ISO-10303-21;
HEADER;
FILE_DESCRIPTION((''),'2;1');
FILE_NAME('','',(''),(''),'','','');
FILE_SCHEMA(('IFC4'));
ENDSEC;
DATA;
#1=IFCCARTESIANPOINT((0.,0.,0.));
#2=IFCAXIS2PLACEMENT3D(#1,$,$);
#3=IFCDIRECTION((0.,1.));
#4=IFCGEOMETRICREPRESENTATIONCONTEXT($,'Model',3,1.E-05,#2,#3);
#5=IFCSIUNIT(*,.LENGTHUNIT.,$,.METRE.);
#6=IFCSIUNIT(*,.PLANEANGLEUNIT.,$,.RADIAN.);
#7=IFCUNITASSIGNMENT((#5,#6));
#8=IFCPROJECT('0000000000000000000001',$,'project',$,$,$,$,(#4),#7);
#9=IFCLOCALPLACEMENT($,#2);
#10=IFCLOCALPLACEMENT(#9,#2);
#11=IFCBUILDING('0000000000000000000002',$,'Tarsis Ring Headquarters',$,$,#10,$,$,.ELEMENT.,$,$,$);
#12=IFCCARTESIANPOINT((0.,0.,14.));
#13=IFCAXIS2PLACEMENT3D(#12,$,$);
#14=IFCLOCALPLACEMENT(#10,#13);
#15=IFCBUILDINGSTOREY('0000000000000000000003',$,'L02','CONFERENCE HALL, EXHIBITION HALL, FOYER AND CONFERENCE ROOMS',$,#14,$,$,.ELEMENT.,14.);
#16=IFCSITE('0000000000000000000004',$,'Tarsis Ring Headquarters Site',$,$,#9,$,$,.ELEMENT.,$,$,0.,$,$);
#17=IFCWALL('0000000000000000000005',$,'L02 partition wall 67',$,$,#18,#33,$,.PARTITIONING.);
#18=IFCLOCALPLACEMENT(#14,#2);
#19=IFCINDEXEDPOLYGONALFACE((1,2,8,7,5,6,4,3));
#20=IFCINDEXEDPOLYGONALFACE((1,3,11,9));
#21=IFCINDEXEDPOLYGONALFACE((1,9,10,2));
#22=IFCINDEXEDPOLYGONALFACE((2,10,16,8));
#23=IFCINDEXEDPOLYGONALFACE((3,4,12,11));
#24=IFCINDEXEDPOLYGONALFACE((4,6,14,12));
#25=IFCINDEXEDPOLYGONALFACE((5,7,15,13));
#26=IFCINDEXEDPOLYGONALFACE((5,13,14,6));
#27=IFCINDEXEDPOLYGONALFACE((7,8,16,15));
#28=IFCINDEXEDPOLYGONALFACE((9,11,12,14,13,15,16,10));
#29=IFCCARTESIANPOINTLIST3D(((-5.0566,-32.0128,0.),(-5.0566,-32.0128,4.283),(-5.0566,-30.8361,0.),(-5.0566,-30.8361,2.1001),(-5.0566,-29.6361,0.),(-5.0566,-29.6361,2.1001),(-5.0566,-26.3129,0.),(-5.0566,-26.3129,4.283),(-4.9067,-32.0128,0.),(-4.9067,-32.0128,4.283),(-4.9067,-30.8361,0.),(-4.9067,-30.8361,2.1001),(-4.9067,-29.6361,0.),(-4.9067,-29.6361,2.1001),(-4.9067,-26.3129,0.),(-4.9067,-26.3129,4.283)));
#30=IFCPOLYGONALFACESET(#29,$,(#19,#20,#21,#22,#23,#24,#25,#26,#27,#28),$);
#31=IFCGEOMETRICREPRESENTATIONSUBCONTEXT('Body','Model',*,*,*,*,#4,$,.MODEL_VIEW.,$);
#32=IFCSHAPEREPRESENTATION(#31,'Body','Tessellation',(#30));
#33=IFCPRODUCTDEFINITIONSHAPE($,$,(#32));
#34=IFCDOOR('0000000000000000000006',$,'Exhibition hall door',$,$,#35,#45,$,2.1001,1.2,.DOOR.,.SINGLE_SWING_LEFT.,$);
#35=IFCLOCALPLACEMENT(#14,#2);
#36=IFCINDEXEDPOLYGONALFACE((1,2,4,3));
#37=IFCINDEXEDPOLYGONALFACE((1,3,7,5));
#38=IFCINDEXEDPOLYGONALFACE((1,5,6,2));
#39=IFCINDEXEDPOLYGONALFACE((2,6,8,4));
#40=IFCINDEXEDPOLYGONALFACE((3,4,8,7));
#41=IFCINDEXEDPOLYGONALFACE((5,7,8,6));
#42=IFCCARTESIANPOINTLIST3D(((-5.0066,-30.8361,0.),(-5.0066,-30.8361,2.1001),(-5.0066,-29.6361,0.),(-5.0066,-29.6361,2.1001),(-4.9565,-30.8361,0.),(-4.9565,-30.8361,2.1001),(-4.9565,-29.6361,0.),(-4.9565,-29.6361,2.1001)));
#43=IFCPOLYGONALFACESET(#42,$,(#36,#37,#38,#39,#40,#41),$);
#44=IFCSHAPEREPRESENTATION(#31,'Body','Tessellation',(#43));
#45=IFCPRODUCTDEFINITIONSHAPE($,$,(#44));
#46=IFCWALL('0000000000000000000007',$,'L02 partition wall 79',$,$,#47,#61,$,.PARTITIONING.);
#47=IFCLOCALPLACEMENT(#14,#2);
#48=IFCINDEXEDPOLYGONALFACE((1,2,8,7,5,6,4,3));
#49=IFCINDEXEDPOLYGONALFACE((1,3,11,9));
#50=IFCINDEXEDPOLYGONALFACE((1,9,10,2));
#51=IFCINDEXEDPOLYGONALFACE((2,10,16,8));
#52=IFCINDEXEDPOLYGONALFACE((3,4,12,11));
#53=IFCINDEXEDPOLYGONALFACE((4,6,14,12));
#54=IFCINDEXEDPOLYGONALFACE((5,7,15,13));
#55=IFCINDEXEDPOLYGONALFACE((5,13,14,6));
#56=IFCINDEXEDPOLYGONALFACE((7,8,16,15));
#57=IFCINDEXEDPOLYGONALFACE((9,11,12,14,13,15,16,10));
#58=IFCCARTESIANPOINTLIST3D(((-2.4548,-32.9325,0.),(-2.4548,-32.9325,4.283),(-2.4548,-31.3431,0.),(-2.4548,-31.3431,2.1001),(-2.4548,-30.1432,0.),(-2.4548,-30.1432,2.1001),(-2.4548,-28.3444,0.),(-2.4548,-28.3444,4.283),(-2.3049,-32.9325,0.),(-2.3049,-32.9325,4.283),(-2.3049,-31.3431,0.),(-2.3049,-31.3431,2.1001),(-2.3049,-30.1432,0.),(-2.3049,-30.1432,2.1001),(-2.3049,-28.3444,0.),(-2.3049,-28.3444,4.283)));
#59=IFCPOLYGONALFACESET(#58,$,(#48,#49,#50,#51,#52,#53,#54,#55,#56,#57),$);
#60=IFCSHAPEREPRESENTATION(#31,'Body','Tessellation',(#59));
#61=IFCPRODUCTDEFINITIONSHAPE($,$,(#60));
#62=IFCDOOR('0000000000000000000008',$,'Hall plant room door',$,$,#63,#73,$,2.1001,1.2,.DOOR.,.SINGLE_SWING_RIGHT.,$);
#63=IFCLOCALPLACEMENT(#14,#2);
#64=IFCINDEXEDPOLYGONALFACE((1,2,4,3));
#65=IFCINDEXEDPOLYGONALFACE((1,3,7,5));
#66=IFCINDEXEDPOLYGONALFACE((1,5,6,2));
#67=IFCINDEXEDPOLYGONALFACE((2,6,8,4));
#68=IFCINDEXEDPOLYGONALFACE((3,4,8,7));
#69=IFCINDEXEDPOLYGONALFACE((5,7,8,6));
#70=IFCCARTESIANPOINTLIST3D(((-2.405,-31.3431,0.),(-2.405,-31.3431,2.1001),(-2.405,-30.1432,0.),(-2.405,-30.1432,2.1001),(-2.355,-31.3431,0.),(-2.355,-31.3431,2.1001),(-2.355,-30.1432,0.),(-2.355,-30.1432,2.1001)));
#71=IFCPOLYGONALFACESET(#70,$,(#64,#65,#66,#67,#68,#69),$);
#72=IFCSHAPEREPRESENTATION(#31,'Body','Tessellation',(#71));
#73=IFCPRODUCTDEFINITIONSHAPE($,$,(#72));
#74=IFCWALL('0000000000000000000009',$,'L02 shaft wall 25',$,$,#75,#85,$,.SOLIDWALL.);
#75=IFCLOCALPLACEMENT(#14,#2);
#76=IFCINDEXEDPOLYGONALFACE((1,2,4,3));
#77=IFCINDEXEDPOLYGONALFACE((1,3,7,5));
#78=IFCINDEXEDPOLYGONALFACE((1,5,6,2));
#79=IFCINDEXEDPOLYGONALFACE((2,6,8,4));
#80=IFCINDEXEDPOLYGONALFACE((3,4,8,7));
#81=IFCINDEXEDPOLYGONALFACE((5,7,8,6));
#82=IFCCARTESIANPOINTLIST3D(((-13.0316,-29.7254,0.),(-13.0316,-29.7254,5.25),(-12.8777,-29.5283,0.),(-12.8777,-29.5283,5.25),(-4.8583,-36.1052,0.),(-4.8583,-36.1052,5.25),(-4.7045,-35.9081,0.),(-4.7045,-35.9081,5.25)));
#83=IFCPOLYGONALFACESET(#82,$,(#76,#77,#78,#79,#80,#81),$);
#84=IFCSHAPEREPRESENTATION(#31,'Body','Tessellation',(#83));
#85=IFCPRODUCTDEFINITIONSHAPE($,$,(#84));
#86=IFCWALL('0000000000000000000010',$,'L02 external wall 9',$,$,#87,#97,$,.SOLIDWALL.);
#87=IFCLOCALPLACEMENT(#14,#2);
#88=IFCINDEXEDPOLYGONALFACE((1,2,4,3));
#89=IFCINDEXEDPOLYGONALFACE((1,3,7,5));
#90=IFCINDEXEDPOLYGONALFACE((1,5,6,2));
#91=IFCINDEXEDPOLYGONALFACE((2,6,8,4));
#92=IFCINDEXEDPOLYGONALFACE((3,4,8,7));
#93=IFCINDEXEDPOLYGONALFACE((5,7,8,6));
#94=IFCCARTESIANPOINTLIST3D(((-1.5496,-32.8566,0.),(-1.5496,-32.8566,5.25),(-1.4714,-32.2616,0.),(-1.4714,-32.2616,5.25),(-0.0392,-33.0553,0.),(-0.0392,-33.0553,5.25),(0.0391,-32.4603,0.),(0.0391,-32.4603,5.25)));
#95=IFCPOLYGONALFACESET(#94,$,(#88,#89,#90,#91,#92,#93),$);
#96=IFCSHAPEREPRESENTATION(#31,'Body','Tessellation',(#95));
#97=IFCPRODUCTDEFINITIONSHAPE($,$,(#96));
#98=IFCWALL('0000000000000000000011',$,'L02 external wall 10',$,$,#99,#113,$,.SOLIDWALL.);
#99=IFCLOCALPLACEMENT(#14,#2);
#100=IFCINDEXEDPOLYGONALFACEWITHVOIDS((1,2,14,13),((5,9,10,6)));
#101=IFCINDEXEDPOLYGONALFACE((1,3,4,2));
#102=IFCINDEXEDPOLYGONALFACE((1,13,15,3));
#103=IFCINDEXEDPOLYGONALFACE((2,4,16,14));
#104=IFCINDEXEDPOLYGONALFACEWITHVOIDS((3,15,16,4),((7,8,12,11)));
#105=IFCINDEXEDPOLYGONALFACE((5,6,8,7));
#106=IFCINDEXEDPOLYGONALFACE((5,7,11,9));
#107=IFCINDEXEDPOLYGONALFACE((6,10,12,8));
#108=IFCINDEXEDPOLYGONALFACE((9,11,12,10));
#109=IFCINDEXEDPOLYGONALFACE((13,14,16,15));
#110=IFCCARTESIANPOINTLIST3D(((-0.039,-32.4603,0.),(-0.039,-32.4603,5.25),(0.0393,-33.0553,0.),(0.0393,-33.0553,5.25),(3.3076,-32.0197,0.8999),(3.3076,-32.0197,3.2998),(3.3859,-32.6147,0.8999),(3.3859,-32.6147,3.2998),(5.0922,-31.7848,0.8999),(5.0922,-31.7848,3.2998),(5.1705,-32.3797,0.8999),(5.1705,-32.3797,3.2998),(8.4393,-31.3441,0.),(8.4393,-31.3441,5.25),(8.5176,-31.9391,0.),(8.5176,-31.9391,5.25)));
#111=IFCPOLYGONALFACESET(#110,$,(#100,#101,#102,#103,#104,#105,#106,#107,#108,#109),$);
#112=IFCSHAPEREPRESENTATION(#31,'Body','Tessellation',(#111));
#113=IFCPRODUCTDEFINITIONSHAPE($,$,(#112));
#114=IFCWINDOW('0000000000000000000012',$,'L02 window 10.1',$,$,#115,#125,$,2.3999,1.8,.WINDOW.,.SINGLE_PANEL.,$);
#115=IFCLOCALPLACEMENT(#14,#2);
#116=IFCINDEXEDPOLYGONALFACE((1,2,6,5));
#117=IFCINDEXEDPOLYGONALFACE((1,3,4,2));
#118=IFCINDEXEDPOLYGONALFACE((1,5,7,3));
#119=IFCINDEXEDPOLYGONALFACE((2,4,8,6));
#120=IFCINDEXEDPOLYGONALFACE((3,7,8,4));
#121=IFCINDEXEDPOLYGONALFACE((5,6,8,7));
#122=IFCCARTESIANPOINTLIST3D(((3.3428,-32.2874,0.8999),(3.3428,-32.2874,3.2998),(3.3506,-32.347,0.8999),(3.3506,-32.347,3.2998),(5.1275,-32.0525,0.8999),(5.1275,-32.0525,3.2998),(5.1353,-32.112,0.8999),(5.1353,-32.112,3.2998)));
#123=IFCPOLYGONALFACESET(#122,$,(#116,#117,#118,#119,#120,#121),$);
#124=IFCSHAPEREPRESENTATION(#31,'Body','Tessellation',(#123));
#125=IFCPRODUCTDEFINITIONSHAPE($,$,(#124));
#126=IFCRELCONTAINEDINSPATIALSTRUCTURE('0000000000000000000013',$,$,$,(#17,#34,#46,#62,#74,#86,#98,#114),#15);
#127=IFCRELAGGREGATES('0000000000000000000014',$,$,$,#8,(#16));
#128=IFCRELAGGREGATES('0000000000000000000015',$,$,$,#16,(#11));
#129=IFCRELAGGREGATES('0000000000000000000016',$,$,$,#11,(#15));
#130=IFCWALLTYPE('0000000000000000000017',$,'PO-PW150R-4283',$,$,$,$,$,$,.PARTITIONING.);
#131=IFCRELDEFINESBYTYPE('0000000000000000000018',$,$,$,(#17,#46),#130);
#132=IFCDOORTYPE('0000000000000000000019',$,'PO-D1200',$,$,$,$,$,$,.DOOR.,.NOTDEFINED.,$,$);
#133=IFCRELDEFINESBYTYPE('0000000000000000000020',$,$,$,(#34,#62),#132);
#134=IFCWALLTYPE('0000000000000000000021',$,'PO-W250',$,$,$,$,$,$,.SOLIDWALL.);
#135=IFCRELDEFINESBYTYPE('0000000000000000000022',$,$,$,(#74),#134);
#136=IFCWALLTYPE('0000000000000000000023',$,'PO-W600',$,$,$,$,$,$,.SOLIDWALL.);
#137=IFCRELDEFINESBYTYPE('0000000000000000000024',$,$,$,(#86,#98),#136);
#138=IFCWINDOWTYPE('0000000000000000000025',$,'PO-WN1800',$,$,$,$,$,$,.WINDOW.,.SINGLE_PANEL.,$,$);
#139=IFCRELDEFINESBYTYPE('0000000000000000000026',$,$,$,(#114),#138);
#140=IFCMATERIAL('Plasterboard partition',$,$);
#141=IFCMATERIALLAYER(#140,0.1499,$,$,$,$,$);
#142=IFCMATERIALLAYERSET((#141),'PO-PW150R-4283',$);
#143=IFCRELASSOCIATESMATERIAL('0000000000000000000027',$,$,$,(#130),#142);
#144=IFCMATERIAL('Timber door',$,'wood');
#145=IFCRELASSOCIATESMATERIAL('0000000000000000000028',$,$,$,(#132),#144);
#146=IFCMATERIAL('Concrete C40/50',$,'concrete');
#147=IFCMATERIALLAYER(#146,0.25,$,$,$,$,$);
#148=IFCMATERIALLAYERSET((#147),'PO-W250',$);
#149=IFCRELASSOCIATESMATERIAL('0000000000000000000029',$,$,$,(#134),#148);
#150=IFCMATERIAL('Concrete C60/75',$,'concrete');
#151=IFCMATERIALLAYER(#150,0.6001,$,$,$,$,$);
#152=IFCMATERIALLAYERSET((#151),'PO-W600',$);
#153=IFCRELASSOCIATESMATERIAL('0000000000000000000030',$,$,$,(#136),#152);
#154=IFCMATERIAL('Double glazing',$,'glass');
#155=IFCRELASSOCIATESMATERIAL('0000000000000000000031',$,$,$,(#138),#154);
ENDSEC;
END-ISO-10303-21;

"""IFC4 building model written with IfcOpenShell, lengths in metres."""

from ifc_helpers import new_model, si_unit, direction, frame, frame_2d, origin, place, context, subcontext, project, spatial, rectangle, extrude, material, layer, layer_set, type_object, element, fill, save


model = new_model("IFC4")

# Units and contexts
model_context = context("Model", 3, precision=1e-05, world=origin(), true_north=direction((0.0, 1.0)))
body_context = subcontext(model_context, "Body", "Model", "MODEL_VIEW")
ifc_project = project(units=[si_unit("LENGTHUNIT", "METRE"), si_unit("PLANEANGLEUNIT", "RADIAN")], contexts=[model_context])

# Site, building, storey
site_placement = place(None, origin())
site = spatial("IfcSite", under=ifc_project, at=site_placement, Name="Tarsis Ring Headquarters Site", CompositionType="ELEMENT", RefElevation=0.0)
building_placement = place(site_placement, origin())
building = spatial("IfcBuilding", under=site, at=building_placement, Name="Tarsis Ring Headquarters", CompositionType="ELEMENT")
storey_placement = place(building_placement, frame((0.0, 0.0, 14.0)))
storey = spatial("IfcBuildingStorey", under=building, at=storey_placement, Name="L02", Description="CONFERENCE HALL, EXHIBITION HALL, FOYER AND CONFERENCE ROOMS", CompositionType="ELEMENT", Elevation=14.0)

# Shared definitions
ifc_material_1 = material(Name="Concrete C40/50", Category="concrete")
ifc_material_2 = material(Name="Concrete C60/75", Category="concrete")

# Shared definitions
ifc_material_3 = material(Name="Plasterboard partition")

# Walls, openings, doors
ifc_layer_1 = layer(ifc_material_3, 0.1499)
ifc_layer_set_1 = layer_set([ifc_layer_1], Name="PO-PW150R-4283")
wall_type_1 = type_object("IfcWallType", Name="PO-PW150R-4283", PredefinedType="PARTITIONING", material=ifc_layer_set_1)
wall_1_placement = place(storey_placement, frame((-4.9817, -32.0129, 0.0), z_axis=(0.0, 0.0, 1.0), x_axis=(0.0, 1.0, 0.0)))
wall_1 = element("IfcWall", 1, at=wall_1_placement, inside=storey, type_object=wall_type_1, Name="L02 partition wall 67", PredefinedType="PARTITIONING", context=body_context, shape_type="SweptSolid", body=[
    extrude(rectangle(XDim=5.7, YDim=0.1499, at=frame_2d((2.8501, 0.0))), origin(), (0.0, 0.0, 1.0), 4.283),
])
opening_1_placement = place(wall_1_placement, frame((1.1768, 0.0, 0.0)))
opening_1 = element("IfcOpeningElement", 2, at=opening_1_placement, cuts=wall_1, PredefinedType="OPENING", context=body_context, shape_type="SweptSolid", body=[
    extrude(rectangle(XDim=1.2, YDim=2.1001, at=frame_2d((0.6001, 1.05))), frame((0.0, 0.085, 0.0), z_axis=(0.0, -1.0, 0.0), x_axis=(1.0, 0.0, 0.0)), (0.0, 0.0, 1.0), 0.1699),
])
ifc_material_4 = material(Name="Timber door", Category="wood")
door_type = type_object("IfcDoorType", Name="PO-D1200", OperationType="NOTDEFINED", PredefinedType="DOOR", material=ifc_material_4)
door_1_placement = place(opening_1_placement, origin())
door_1 = element("IfcDoor", 3, at=door_1_placement, inside=storey, type_object=door_type, Name="Exhibition hall door", OperationType="SINGLE_SWING_LEFT", OverallHeight=2.1001, OverallWidth=1.2, PredefinedType="DOOR", context=body_context, shape_type="SweptSolid", body=[
    extrude(rectangle(XDim=1.2, YDim=2.1001, at=frame_2d((0.6001, 1.05))), frame((0.0, 0.0249, 0.0), z_axis=(0.0, -1.0, 0.0), x_axis=(1.0, 0.0, 0.0)), (0.0, 0.0, 1.0), 0.05),
])
fill(opening_1, door_1)
wall_2_placement = place(storey_placement, frame((-2.3799, -28.3445, 0.0), z_axis=(0.0, 0.0, 1.0), x_axis=(0.0, -1.0, 0.0)))
wall_2 = element("IfcWall", 4, at=wall_2_placement, inside=storey, type_object=wall_type_1, Name="L02 partition wall 79", PredefinedType="PARTITIONING", context=body_context, shape_type="SweptSolid", body=[
    extrude(rectangle(XDim=4.5881, YDim=0.1499, at=frame_2d((2.2939, 0.0))), origin(), (0.0, 0.0, 1.0), 4.283),
])
opening_2_placement = place(wall_2_placement, frame((1.7986, 0.0, 0.0)))
opening_2 = element("IfcOpeningElement", 5, at=opening_2_placement, cuts=wall_2, PredefinedType="OPENING", context=body_context, shape_type="SweptSolid", body=[
    extrude(rectangle(XDim=1.2, YDim=2.1001, at=frame_2d((0.6001, 1.05))), frame((0.0, 0.085, 0.0), z_axis=(0.0, -1.0, 0.0), x_axis=(1.0, 0.0, 0.0)), (0.0, 0.0, 1.0), 0.1699),
])
door_2_placement = place(opening_2_placement, origin())
door_2 = element("IfcDoor", 6, at=door_2_placement, inside=storey, type_object=door_type, Name="Hall plant room door", OperationType="SINGLE_SWING_RIGHT", OverallHeight=2.1001, OverallWidth=1.2, PredefinedType="DOOR", context=body_context, shape_type="SweptSolid", body=[
    extrude(rectangle(XDim=1.2, YDim=2.1001, at=frame_2d((0.6001, 1.05))), frame((0.0, 0.0249, 0.0), z_axis=(0.0, -1.0, 0.0), x_axis=(1.0, 0.0, 0.0)), (0.0, 0.0, 1.0), 0.05),
])
fill(opening_2, door_2)

# Walls
ifc_layer_2 = layer(ifc_material_1, 0.25)
ifc_layer_set_2 = layer_set([ifc_layer_2], Name="PO-W250")
wall_type_2 = type_object("IfcWallType", Name="PO-W250", PredefinedType="SOLIDWALL", material=ifc_layer_set_2)
wall_3_placement = place(storey_placement, frame((-4.7815, -36.0066, 0.0), z_axis=(0.0, 0.0, 1.0), x_axis=(-0.788283, 0.615312, 0.0)))
element("IfcWall", 7, at=wall_3_placement, inside=storey, type_object=wall_type_2, Name="L02 shaft wall 25", PredefinedType="SOLIDWALL", context=body_context, shape_type="SweptSolid", body=[
    extrude(rectangle(XDim=10.3684, YDim=0.25, at=frame_2d((5.1841, 0.0))), origin(), (0.0, 0.0, 1.0), 5.25),
])
ifc_layer_3 = layer(ifc_material_2, 0.6001)
ifc_layer_set_3 = layer_set([ifc_layer_3], Name="PO-W600")
wall_type_3 = type_object("IfcWallType", Name="PO-W600", PredefinedType="SOLIDWALL", material=ifc_layer_set_3)
wall_4_placement = place(storey_placement, frame((-1.5105, -32.5591, 0.0), z_axis=(0.0, 0.0, 1.0), x_axis=(0.991456, -0.130442, 0.0)))
element("IfcWall", 8, at=wall_4_placement, inside=storey, type_object=wall_type_3, Name="L02 external wall 9", PredefinedType="SOLIDWALL", context=body_context, shape_type="SweptSolid", body=[
    extrude(rectangle(XDim=1.5234, YDim=0.6001, at=frame_2d((0.7617, 0.0))), origin(), (0.0, 0.0, 1.0), 5.25),
])

# Wall, opening, window
wall_5_placement = place(storey_placement, frame((0.0, -32.7578, 0.0), z_axis=(0.0, 0.0, 1.0), x_axis=(0.991444, 0.130529, 0.0)))
wall_5 = element("IfcWall", 9, at=wall_5_placement, inside=storey, type_object=wall_type_3, Name="L02 external wall 10", PredefinedType="SOLIDWALL", context=body_context, shape_type="SweptSolid", body=[
    extrude(rectangle(XDim=8.5515, YDim=0.6001, at=frame_2d((4.2759, 0.0))), origin(), (0.0, 0.0, 1.0), 5.25),
])
opening_3_placement = place(wall_5_placement, frame((3.3757, 0.0, 0.8999)))
opening_3 = element("IfcOpeningElement", 10, at=opening_3_placement, cuts=wall_5, PredefinedType="OPENING", context=body_context, shape_type="SweptSolid", body=[
    extrude(rectangle(XDim=1.8, YDim=2.3999, at=frame_2d((0.8999, 1.2))), frame((0.0, 0.3101, 0.0), z_axis=(0.0, -1.0, 0.0), x_axis=(1.0, 0.0, 0.0)), (0.0, 0.0, 1.0), 0.6201),
])
ifc_material_5 = material(Name="Double glazing", Category="glass")
window_type = type_object("IfcWindowType", Name="PO-WN1800", PartitioningType="SINGLE_PANEL", PredefinedType="WINDOW", material=ifc_material_5)
window_placement = place(opening_3_placement, origin())
window = element("IfcWindow", 11, at=window_placement, inside=storey, type_object=window_type, Name="L02 window 10.1", OverallHeight=2.3999, OverallWidth=1.8, PartitioningType="SINGLE_PANEL", PredefinedType="WINDOW", context=body_context, shape_type="SweptSolid", body=[
    extrude(rectangle(XDim=1.8, YDim=2.3999, at=frame_2d((0.8999, 1.2))), frame((0.0, 0.03, 0.0), z_axis=(0.0, -1.0, 0.0), x_axis=(1.0, 0.0, 0.0)), (0.0, 0.0, 1.0), 0.0601),
])
fill(opening_3, window)

save(model, "model.ifc")
